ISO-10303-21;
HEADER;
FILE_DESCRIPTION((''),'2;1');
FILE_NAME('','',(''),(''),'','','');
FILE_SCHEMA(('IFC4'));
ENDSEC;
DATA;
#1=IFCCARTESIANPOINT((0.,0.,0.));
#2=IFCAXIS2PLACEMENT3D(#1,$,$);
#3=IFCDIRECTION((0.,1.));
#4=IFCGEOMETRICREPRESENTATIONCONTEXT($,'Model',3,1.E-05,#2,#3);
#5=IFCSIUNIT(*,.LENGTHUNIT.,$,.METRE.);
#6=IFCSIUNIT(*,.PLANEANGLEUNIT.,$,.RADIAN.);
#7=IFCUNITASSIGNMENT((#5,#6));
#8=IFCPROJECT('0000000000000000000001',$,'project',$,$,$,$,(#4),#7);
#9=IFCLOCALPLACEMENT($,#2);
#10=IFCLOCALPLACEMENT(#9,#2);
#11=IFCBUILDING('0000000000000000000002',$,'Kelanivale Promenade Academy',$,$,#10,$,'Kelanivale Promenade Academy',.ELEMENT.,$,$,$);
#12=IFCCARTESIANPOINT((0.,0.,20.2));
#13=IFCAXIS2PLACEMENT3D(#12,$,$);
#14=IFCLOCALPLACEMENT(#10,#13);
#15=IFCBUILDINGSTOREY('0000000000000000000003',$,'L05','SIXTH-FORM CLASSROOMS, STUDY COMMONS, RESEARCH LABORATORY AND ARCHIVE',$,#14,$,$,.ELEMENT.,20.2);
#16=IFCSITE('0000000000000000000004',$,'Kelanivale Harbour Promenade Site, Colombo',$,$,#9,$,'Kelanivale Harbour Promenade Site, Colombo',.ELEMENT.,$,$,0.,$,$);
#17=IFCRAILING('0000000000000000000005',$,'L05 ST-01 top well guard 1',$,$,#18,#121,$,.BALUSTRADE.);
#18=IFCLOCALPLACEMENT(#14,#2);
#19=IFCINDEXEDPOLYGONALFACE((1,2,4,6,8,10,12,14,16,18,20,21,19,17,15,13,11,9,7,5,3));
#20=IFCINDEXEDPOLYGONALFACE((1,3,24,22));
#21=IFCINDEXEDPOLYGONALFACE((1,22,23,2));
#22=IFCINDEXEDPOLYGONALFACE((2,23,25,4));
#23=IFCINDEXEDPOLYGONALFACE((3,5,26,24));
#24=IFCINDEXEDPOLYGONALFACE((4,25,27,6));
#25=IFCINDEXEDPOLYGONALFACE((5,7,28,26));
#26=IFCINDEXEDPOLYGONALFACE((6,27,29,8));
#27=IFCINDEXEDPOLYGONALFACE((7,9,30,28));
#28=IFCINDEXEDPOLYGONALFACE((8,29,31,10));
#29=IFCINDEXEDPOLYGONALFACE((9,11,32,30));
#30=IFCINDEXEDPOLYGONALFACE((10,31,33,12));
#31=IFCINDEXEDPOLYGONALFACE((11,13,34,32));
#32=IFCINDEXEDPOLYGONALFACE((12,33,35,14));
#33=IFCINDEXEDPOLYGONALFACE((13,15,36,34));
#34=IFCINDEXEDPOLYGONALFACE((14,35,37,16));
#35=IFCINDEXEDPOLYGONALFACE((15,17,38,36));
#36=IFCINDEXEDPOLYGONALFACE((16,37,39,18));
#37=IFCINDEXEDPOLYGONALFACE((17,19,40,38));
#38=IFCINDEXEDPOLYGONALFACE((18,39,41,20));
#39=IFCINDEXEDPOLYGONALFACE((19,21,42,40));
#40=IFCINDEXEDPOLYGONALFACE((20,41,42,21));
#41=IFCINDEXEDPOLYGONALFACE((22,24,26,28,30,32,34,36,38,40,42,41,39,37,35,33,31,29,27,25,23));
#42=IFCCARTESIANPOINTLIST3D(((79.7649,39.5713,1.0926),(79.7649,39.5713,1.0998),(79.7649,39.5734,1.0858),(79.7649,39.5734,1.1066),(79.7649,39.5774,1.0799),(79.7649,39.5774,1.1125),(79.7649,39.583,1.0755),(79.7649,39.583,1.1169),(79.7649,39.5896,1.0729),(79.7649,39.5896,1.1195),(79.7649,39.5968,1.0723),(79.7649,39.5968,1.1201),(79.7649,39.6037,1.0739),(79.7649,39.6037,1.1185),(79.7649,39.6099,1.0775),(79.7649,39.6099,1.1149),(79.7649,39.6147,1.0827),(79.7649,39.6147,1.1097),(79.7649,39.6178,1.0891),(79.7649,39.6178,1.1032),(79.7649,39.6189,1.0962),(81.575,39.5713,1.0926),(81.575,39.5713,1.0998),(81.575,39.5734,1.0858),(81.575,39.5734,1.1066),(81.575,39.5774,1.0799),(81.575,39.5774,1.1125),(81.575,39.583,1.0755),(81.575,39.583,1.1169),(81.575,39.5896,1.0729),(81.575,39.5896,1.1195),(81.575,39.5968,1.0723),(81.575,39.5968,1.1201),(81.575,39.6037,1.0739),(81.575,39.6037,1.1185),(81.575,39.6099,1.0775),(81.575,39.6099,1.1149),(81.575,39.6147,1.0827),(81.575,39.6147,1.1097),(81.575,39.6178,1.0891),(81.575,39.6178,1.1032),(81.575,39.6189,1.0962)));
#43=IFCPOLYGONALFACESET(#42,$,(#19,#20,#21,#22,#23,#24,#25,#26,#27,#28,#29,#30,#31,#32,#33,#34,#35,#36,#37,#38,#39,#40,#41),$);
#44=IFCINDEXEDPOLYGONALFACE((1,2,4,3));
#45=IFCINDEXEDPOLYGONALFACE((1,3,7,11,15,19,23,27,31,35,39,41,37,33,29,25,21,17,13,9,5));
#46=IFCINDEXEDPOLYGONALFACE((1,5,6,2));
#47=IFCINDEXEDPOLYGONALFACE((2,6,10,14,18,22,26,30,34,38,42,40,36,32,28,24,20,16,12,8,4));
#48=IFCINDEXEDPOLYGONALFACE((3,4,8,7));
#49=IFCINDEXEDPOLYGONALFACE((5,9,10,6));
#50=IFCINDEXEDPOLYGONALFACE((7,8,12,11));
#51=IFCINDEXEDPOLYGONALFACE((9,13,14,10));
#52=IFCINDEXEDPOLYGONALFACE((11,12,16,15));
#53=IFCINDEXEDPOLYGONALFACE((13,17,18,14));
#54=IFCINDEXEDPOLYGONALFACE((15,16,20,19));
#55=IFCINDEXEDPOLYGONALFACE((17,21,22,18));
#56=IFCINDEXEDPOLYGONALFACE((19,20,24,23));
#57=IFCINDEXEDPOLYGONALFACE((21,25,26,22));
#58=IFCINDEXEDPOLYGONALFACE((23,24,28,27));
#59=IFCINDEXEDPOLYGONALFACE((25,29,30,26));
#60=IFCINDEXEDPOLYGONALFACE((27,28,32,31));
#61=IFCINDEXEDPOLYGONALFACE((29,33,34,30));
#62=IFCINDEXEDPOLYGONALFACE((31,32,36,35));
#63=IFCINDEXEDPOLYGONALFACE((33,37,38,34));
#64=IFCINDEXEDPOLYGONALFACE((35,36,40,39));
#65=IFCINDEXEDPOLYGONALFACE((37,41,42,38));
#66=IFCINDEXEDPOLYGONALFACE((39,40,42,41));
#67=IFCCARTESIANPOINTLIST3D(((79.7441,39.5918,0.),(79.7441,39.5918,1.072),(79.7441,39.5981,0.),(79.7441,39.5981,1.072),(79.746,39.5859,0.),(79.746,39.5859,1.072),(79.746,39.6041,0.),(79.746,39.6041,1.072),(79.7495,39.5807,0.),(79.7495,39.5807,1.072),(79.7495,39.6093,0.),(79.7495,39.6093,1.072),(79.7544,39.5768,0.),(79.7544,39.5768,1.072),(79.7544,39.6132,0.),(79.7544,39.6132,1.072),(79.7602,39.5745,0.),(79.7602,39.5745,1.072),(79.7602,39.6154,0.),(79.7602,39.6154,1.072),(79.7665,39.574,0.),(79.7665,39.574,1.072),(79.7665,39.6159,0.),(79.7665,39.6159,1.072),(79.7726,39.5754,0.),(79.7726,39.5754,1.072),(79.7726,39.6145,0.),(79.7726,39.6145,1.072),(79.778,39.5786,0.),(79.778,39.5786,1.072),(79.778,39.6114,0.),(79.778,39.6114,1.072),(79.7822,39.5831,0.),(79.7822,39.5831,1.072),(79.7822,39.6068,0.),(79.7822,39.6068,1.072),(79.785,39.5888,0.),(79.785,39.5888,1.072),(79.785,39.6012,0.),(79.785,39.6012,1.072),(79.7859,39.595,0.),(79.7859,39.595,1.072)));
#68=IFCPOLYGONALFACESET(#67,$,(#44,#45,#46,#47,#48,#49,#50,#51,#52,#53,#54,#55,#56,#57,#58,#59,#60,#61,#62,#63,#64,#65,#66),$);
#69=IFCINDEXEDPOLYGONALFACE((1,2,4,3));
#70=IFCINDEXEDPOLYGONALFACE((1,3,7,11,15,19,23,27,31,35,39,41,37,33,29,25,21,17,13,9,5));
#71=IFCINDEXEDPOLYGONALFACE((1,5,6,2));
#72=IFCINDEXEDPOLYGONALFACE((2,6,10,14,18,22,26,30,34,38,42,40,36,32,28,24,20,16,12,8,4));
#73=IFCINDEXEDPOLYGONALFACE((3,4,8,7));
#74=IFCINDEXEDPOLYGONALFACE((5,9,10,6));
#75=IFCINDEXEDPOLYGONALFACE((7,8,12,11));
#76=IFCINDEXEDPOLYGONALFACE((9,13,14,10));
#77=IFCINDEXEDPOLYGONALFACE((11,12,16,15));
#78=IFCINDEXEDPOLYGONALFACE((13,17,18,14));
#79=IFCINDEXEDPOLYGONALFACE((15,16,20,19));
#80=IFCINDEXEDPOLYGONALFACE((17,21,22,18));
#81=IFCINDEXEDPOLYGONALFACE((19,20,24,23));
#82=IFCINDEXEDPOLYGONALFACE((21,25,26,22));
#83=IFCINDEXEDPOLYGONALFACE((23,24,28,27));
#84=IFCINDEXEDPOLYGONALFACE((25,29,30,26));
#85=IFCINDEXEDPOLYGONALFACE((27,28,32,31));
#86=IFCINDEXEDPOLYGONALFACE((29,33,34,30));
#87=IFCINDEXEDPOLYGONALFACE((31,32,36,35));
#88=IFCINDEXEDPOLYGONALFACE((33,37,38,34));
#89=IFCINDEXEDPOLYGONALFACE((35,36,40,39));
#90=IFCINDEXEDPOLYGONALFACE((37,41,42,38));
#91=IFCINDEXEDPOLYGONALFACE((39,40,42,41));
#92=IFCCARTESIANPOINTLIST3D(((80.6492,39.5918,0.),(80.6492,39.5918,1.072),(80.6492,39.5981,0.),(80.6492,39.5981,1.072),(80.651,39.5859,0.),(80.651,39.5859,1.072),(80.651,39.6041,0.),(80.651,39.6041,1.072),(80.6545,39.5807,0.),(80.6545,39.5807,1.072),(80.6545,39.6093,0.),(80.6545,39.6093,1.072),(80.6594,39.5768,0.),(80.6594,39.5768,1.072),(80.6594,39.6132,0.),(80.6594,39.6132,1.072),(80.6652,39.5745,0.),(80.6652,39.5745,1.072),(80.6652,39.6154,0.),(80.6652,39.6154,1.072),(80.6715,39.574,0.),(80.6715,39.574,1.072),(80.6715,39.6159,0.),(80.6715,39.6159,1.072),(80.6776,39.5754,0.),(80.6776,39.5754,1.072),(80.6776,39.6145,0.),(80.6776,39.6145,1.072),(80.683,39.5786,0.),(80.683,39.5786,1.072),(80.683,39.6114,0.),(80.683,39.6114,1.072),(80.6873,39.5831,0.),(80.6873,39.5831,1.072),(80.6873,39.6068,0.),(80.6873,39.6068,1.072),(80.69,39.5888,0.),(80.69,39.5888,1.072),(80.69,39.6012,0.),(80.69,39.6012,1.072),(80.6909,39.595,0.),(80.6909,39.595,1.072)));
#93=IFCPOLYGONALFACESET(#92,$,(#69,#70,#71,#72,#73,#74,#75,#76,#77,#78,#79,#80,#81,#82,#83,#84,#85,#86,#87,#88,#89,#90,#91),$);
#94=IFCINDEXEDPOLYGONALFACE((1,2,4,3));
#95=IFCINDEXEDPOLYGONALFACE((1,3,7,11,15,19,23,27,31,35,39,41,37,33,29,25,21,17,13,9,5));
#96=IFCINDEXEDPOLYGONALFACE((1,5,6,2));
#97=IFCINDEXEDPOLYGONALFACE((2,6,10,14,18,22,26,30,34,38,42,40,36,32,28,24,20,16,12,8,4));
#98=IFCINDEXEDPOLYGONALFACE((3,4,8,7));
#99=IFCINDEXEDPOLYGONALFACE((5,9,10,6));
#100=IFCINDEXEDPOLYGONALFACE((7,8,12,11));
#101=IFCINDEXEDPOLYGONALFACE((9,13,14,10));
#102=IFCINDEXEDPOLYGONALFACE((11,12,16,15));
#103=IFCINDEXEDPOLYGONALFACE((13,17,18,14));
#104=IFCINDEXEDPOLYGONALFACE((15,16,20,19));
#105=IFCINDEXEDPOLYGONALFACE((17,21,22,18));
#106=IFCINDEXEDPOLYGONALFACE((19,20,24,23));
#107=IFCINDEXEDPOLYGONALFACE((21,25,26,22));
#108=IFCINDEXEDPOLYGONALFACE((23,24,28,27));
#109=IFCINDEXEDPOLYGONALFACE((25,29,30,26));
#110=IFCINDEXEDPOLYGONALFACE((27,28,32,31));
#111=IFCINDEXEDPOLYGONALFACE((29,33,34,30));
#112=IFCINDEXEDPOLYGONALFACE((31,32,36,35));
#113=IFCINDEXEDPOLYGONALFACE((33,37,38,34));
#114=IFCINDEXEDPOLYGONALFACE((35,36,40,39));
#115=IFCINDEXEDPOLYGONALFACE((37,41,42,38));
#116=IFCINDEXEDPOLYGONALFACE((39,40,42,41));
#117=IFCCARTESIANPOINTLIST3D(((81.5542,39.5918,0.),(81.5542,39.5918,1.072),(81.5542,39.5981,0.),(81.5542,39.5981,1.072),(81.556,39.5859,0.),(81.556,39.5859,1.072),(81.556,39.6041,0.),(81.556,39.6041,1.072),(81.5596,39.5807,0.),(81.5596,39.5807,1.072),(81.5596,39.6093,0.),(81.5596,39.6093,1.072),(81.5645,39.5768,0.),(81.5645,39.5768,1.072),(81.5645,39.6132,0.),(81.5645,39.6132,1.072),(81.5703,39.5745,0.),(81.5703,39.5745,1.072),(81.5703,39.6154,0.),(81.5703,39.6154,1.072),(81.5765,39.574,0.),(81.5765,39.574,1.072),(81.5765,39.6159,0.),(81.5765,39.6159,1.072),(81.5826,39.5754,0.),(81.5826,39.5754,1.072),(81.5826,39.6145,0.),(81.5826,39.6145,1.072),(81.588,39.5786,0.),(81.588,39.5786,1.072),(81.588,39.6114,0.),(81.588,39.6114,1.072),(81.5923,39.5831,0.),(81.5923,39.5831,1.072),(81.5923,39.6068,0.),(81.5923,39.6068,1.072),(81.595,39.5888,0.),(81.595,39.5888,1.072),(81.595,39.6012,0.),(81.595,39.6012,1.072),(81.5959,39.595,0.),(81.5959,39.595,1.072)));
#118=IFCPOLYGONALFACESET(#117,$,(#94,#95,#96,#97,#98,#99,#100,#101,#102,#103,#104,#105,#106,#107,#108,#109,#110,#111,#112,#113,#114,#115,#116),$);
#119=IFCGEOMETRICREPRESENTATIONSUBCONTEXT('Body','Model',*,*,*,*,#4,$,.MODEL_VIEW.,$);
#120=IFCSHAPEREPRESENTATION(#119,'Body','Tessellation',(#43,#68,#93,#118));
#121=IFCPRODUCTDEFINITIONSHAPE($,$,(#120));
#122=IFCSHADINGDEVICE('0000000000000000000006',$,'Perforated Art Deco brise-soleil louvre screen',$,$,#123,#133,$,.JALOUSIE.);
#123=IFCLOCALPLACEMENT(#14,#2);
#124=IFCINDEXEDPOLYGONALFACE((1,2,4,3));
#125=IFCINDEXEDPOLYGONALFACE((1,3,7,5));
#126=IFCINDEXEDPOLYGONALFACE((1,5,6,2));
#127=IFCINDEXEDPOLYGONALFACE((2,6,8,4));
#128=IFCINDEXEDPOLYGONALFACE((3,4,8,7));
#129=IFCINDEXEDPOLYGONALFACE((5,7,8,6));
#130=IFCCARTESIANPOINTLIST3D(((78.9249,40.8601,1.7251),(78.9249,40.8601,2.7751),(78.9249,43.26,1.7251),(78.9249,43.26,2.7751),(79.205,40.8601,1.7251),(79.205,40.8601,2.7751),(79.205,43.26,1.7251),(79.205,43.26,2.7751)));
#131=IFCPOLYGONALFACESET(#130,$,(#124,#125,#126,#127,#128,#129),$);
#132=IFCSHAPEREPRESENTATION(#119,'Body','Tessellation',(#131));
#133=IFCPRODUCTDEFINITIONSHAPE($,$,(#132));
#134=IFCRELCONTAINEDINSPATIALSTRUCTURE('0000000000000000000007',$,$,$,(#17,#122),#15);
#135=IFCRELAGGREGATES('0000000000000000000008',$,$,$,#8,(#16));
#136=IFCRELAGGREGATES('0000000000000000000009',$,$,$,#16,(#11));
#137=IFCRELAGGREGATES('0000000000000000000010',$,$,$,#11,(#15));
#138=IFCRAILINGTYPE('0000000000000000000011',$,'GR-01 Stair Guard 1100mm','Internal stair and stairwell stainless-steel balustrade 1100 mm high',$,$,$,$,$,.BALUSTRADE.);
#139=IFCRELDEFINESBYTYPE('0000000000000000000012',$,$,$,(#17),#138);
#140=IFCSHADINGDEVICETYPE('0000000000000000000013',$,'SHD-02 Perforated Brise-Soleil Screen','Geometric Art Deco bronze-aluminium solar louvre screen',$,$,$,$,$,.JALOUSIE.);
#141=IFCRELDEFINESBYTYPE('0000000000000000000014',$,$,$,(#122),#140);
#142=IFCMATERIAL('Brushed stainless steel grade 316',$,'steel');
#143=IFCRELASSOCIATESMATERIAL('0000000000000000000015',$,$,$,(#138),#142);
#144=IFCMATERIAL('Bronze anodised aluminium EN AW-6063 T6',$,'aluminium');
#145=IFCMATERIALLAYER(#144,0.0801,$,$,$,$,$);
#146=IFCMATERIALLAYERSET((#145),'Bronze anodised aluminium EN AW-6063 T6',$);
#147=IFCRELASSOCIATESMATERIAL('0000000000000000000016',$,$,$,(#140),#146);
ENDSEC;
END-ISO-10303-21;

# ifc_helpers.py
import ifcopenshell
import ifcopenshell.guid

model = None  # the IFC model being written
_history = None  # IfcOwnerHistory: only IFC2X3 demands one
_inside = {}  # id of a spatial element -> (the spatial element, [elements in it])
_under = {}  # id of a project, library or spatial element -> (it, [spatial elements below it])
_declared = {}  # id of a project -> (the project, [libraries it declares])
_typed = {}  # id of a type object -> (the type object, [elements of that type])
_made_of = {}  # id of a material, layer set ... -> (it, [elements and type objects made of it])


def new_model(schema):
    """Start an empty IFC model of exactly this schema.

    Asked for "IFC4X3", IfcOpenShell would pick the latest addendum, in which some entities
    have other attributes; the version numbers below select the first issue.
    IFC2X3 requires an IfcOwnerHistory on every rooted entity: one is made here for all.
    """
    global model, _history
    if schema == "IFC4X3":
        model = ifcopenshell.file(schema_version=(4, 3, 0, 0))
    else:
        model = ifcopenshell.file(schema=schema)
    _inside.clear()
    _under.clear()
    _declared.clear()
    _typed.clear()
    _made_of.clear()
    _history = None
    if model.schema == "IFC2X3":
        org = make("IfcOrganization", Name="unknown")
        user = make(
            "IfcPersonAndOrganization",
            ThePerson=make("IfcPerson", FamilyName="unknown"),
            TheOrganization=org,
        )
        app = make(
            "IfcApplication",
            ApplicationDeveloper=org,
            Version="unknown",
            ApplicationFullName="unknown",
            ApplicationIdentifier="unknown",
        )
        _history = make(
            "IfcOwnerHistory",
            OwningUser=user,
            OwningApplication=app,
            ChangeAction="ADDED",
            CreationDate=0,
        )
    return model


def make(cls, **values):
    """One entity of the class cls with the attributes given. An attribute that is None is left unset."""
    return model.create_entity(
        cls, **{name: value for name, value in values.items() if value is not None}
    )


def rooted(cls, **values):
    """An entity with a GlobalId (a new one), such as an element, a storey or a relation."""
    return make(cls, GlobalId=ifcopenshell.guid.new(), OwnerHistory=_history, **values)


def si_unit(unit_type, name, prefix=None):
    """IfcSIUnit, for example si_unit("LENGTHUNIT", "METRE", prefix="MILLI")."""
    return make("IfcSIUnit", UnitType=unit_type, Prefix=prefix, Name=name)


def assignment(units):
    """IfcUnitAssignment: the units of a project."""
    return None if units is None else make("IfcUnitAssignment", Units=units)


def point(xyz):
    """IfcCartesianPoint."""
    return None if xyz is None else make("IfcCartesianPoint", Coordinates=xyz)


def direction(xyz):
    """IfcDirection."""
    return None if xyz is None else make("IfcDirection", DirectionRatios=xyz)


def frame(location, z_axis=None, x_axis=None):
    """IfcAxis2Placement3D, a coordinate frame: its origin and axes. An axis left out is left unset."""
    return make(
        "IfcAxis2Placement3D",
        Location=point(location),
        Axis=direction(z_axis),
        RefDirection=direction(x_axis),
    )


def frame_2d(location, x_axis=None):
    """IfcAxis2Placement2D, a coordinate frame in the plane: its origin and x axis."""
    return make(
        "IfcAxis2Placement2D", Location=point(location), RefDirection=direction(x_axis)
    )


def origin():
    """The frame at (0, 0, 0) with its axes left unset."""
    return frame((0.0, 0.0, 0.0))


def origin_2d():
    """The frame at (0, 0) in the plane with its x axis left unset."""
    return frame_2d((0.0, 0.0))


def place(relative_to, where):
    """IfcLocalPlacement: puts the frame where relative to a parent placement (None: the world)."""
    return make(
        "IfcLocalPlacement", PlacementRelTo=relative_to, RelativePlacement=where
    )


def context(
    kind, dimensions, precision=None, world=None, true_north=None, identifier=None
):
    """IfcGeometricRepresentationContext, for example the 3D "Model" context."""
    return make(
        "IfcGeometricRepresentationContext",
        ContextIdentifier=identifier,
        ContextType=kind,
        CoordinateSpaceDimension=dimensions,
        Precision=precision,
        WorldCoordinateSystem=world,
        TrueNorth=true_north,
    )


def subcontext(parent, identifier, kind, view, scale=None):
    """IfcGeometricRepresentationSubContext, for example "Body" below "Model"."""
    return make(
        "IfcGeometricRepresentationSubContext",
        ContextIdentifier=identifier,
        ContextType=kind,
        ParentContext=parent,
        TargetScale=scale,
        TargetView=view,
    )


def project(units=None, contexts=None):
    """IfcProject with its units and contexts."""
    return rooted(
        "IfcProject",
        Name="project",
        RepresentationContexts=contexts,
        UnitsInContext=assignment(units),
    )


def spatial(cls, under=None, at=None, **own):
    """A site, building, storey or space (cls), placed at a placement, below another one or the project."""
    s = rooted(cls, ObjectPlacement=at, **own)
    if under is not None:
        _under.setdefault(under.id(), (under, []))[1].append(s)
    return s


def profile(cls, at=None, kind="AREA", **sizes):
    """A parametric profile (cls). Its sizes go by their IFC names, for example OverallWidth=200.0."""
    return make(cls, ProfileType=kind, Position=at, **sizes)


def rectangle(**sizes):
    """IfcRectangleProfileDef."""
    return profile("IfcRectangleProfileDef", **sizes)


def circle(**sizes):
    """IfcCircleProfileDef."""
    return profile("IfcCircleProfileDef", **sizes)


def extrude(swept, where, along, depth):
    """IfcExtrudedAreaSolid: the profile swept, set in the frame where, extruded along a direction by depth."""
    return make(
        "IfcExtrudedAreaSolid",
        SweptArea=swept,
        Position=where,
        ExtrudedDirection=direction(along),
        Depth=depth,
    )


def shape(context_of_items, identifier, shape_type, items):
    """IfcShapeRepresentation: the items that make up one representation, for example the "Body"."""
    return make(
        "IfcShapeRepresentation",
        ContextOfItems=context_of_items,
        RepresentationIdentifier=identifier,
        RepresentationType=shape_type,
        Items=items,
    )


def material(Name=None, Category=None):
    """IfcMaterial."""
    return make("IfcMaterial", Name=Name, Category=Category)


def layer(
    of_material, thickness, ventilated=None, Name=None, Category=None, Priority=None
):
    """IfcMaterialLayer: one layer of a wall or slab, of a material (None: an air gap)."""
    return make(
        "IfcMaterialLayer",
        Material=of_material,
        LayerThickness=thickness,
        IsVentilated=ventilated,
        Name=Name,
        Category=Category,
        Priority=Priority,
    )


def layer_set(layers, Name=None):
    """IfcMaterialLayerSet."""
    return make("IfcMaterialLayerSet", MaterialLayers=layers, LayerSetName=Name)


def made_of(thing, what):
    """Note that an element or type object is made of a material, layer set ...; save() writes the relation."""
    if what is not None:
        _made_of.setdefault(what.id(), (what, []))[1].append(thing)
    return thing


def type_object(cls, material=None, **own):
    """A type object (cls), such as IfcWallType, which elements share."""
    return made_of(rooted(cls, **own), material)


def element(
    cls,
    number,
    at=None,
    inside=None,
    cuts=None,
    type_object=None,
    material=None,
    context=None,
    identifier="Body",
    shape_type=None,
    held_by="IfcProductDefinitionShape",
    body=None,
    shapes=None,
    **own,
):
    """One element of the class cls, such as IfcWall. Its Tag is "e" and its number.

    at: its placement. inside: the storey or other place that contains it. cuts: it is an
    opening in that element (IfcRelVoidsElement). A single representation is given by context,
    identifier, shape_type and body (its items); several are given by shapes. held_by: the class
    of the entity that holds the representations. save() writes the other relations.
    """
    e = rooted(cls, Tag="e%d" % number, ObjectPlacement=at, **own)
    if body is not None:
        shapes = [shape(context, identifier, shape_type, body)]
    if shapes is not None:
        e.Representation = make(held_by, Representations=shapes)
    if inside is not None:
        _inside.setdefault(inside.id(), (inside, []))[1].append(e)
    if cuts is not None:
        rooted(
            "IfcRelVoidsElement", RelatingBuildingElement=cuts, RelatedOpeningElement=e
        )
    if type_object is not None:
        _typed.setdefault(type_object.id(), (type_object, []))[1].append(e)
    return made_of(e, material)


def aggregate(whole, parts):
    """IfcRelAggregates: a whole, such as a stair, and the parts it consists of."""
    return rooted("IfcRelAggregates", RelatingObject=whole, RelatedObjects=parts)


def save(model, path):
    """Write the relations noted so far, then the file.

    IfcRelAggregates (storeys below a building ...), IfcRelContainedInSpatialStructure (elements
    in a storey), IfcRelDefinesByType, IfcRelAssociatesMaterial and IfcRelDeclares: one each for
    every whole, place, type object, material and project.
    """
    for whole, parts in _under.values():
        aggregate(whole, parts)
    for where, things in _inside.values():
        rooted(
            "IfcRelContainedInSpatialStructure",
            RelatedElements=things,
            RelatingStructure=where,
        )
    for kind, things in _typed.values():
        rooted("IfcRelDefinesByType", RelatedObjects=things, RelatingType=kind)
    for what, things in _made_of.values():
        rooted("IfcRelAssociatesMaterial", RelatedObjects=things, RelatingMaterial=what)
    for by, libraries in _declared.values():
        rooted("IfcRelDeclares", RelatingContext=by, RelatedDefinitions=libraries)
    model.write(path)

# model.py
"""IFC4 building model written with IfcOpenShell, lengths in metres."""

from ifc_helpers import new_model, si_unit, direction, frame, origin, origin_2d, place, context, subcontext, project, spatial, rectangle, circle, extrude, material, layer, layer_set, type_object, element, save


model = new_model("IFC4")

# Units and contexts
model_context = context("Model", 3, precision=1e-05, world=origin(), true_north=direction((0.0, 1.0)))
body_context = subcontext(model_context, "Body", "Model", "MODEL_VIEW")
ifc_project = project(units=[si_unit("LENGTHUNIT", "METRE"), si_unit("PLANEANGLEUNIT", "RADIAN")], contexts=[model_context])

# Site, building, storey
site_placement = place(None, origin())
site = spatial("IfcSite", under=ifc_project, at=site_placement, Name="Kelanivale Harbour Promenade Site, Colombo", LongName="Kelanivale Harbour Promenade Site, Colombo", CompositionType="ELEMENT", RefElevation=0.0)
building_placement = place(site_placement, origin())
building = spatial("IfcBuilding", under=site, at=building_placement, Name="Kelanivale Promenade Academy", LongName="Kelanivale Promenade Academy", CompositionType="ELEMENT")
storey_placement = place(building_placement, frame((0.0, 0.0, 20.2)))
storey = spatial("IfcBuildingStorey", under=building, at=storey_placement, Name="L05", Description="SIXTH-FORM CLASSROOMS, STUDY COMMONS, RESEARCH LABORATORY AND ARCHIVE", CompositionType="ELEMENT", Elevation=20.2)

# Railing
ifc_material_1 = material(Name="Brushed stainless steel grade 316", Category="steel")
railing_type = type_object("IfcRailingType", Name="GR-01 Stair Guard 1100mm", Description="Internal stair and stairwell stainless-steel balustrade 1100 mm high", PredefinedType="BALUSTRADE", material=ifc_material_1)
railing_placement = place(storey_placement, frame((79.7649, 39.595, 0.0)))
element("IfcRailing", 1, at=railing_placement, inside=storey, type_object=railing_type, Name="L05 ST-01 top well guard 1", PredefinedType="BALUSTRADE", context=body_context, shape_type="SweptSolid", body=[
    extrude(circle(Radius=0.0239, at=origin_2d()), frame((0.0, 0.0, 1.0962), z_axis=(1.0, 0.0, 0.0), x_axis=(0.0, 1.0, 0.0)), (0.0, 0.0, 1.0), 1.8101),
    extrude(circle(Radius=0.021, at=origin_2d()), origin(), (0.0, 0.0, 1.0), 1.072),
    extrude(circle(Radius=0.021, at=origin_2d()), frame((0.905, 0.0, 0.0)), (0.0, 0.0, 1.0), 1.072),
    extrude(circle(Radius=0.021, at=origin_2d()), frame((1.8101, 0.0, 0.0)), (0.0, 0.0, 1.0), 1.072),
])

# Shading device
ifc_material_2 = material(Name="Bronze anodised aluminium EN AW-6063 T6", Category="aluminium")
ifc_layer_1 = layer(ifc_material_2, 0.0801)
ifc_layer_set_1 = layer_set([ifc_layer_1], Name="Bronze anodised aluminium EN AW-6063 T6")
shading_device_type = type_object("IfcShadingDeviceType", Name="SHD-02 Perforated Brise-Soleil Screen", Description="Geometric Art Deco bronze-aluminium solar louvre screen", PredefinedType="JALOUSIE", material=ifc_layer_set_1)
shading_device_placement = place(storey_placement, frame((79.0649, 42.0601, 1.7251), z_axis=(0.0, 0.0, 1.0), x_axis=(0.0, -1.0, 0.0)))
element("IfcShadingDevice", 2, at=shading_device_placement, inside=storey, type_object=shading_device_type, Name="Perforated Art Deco brise-soleil louvre screen", PredefinedType="JALOUSIE", context=body_context, shape_type="SweptSolid", body=[
    extrude(rectangle(XDim=2.3999, YDim=0.28, at=origin_2d()), origin(), (0.0, 0.0, 1.0), 1.05),
])

save(model, "model.ifc")
